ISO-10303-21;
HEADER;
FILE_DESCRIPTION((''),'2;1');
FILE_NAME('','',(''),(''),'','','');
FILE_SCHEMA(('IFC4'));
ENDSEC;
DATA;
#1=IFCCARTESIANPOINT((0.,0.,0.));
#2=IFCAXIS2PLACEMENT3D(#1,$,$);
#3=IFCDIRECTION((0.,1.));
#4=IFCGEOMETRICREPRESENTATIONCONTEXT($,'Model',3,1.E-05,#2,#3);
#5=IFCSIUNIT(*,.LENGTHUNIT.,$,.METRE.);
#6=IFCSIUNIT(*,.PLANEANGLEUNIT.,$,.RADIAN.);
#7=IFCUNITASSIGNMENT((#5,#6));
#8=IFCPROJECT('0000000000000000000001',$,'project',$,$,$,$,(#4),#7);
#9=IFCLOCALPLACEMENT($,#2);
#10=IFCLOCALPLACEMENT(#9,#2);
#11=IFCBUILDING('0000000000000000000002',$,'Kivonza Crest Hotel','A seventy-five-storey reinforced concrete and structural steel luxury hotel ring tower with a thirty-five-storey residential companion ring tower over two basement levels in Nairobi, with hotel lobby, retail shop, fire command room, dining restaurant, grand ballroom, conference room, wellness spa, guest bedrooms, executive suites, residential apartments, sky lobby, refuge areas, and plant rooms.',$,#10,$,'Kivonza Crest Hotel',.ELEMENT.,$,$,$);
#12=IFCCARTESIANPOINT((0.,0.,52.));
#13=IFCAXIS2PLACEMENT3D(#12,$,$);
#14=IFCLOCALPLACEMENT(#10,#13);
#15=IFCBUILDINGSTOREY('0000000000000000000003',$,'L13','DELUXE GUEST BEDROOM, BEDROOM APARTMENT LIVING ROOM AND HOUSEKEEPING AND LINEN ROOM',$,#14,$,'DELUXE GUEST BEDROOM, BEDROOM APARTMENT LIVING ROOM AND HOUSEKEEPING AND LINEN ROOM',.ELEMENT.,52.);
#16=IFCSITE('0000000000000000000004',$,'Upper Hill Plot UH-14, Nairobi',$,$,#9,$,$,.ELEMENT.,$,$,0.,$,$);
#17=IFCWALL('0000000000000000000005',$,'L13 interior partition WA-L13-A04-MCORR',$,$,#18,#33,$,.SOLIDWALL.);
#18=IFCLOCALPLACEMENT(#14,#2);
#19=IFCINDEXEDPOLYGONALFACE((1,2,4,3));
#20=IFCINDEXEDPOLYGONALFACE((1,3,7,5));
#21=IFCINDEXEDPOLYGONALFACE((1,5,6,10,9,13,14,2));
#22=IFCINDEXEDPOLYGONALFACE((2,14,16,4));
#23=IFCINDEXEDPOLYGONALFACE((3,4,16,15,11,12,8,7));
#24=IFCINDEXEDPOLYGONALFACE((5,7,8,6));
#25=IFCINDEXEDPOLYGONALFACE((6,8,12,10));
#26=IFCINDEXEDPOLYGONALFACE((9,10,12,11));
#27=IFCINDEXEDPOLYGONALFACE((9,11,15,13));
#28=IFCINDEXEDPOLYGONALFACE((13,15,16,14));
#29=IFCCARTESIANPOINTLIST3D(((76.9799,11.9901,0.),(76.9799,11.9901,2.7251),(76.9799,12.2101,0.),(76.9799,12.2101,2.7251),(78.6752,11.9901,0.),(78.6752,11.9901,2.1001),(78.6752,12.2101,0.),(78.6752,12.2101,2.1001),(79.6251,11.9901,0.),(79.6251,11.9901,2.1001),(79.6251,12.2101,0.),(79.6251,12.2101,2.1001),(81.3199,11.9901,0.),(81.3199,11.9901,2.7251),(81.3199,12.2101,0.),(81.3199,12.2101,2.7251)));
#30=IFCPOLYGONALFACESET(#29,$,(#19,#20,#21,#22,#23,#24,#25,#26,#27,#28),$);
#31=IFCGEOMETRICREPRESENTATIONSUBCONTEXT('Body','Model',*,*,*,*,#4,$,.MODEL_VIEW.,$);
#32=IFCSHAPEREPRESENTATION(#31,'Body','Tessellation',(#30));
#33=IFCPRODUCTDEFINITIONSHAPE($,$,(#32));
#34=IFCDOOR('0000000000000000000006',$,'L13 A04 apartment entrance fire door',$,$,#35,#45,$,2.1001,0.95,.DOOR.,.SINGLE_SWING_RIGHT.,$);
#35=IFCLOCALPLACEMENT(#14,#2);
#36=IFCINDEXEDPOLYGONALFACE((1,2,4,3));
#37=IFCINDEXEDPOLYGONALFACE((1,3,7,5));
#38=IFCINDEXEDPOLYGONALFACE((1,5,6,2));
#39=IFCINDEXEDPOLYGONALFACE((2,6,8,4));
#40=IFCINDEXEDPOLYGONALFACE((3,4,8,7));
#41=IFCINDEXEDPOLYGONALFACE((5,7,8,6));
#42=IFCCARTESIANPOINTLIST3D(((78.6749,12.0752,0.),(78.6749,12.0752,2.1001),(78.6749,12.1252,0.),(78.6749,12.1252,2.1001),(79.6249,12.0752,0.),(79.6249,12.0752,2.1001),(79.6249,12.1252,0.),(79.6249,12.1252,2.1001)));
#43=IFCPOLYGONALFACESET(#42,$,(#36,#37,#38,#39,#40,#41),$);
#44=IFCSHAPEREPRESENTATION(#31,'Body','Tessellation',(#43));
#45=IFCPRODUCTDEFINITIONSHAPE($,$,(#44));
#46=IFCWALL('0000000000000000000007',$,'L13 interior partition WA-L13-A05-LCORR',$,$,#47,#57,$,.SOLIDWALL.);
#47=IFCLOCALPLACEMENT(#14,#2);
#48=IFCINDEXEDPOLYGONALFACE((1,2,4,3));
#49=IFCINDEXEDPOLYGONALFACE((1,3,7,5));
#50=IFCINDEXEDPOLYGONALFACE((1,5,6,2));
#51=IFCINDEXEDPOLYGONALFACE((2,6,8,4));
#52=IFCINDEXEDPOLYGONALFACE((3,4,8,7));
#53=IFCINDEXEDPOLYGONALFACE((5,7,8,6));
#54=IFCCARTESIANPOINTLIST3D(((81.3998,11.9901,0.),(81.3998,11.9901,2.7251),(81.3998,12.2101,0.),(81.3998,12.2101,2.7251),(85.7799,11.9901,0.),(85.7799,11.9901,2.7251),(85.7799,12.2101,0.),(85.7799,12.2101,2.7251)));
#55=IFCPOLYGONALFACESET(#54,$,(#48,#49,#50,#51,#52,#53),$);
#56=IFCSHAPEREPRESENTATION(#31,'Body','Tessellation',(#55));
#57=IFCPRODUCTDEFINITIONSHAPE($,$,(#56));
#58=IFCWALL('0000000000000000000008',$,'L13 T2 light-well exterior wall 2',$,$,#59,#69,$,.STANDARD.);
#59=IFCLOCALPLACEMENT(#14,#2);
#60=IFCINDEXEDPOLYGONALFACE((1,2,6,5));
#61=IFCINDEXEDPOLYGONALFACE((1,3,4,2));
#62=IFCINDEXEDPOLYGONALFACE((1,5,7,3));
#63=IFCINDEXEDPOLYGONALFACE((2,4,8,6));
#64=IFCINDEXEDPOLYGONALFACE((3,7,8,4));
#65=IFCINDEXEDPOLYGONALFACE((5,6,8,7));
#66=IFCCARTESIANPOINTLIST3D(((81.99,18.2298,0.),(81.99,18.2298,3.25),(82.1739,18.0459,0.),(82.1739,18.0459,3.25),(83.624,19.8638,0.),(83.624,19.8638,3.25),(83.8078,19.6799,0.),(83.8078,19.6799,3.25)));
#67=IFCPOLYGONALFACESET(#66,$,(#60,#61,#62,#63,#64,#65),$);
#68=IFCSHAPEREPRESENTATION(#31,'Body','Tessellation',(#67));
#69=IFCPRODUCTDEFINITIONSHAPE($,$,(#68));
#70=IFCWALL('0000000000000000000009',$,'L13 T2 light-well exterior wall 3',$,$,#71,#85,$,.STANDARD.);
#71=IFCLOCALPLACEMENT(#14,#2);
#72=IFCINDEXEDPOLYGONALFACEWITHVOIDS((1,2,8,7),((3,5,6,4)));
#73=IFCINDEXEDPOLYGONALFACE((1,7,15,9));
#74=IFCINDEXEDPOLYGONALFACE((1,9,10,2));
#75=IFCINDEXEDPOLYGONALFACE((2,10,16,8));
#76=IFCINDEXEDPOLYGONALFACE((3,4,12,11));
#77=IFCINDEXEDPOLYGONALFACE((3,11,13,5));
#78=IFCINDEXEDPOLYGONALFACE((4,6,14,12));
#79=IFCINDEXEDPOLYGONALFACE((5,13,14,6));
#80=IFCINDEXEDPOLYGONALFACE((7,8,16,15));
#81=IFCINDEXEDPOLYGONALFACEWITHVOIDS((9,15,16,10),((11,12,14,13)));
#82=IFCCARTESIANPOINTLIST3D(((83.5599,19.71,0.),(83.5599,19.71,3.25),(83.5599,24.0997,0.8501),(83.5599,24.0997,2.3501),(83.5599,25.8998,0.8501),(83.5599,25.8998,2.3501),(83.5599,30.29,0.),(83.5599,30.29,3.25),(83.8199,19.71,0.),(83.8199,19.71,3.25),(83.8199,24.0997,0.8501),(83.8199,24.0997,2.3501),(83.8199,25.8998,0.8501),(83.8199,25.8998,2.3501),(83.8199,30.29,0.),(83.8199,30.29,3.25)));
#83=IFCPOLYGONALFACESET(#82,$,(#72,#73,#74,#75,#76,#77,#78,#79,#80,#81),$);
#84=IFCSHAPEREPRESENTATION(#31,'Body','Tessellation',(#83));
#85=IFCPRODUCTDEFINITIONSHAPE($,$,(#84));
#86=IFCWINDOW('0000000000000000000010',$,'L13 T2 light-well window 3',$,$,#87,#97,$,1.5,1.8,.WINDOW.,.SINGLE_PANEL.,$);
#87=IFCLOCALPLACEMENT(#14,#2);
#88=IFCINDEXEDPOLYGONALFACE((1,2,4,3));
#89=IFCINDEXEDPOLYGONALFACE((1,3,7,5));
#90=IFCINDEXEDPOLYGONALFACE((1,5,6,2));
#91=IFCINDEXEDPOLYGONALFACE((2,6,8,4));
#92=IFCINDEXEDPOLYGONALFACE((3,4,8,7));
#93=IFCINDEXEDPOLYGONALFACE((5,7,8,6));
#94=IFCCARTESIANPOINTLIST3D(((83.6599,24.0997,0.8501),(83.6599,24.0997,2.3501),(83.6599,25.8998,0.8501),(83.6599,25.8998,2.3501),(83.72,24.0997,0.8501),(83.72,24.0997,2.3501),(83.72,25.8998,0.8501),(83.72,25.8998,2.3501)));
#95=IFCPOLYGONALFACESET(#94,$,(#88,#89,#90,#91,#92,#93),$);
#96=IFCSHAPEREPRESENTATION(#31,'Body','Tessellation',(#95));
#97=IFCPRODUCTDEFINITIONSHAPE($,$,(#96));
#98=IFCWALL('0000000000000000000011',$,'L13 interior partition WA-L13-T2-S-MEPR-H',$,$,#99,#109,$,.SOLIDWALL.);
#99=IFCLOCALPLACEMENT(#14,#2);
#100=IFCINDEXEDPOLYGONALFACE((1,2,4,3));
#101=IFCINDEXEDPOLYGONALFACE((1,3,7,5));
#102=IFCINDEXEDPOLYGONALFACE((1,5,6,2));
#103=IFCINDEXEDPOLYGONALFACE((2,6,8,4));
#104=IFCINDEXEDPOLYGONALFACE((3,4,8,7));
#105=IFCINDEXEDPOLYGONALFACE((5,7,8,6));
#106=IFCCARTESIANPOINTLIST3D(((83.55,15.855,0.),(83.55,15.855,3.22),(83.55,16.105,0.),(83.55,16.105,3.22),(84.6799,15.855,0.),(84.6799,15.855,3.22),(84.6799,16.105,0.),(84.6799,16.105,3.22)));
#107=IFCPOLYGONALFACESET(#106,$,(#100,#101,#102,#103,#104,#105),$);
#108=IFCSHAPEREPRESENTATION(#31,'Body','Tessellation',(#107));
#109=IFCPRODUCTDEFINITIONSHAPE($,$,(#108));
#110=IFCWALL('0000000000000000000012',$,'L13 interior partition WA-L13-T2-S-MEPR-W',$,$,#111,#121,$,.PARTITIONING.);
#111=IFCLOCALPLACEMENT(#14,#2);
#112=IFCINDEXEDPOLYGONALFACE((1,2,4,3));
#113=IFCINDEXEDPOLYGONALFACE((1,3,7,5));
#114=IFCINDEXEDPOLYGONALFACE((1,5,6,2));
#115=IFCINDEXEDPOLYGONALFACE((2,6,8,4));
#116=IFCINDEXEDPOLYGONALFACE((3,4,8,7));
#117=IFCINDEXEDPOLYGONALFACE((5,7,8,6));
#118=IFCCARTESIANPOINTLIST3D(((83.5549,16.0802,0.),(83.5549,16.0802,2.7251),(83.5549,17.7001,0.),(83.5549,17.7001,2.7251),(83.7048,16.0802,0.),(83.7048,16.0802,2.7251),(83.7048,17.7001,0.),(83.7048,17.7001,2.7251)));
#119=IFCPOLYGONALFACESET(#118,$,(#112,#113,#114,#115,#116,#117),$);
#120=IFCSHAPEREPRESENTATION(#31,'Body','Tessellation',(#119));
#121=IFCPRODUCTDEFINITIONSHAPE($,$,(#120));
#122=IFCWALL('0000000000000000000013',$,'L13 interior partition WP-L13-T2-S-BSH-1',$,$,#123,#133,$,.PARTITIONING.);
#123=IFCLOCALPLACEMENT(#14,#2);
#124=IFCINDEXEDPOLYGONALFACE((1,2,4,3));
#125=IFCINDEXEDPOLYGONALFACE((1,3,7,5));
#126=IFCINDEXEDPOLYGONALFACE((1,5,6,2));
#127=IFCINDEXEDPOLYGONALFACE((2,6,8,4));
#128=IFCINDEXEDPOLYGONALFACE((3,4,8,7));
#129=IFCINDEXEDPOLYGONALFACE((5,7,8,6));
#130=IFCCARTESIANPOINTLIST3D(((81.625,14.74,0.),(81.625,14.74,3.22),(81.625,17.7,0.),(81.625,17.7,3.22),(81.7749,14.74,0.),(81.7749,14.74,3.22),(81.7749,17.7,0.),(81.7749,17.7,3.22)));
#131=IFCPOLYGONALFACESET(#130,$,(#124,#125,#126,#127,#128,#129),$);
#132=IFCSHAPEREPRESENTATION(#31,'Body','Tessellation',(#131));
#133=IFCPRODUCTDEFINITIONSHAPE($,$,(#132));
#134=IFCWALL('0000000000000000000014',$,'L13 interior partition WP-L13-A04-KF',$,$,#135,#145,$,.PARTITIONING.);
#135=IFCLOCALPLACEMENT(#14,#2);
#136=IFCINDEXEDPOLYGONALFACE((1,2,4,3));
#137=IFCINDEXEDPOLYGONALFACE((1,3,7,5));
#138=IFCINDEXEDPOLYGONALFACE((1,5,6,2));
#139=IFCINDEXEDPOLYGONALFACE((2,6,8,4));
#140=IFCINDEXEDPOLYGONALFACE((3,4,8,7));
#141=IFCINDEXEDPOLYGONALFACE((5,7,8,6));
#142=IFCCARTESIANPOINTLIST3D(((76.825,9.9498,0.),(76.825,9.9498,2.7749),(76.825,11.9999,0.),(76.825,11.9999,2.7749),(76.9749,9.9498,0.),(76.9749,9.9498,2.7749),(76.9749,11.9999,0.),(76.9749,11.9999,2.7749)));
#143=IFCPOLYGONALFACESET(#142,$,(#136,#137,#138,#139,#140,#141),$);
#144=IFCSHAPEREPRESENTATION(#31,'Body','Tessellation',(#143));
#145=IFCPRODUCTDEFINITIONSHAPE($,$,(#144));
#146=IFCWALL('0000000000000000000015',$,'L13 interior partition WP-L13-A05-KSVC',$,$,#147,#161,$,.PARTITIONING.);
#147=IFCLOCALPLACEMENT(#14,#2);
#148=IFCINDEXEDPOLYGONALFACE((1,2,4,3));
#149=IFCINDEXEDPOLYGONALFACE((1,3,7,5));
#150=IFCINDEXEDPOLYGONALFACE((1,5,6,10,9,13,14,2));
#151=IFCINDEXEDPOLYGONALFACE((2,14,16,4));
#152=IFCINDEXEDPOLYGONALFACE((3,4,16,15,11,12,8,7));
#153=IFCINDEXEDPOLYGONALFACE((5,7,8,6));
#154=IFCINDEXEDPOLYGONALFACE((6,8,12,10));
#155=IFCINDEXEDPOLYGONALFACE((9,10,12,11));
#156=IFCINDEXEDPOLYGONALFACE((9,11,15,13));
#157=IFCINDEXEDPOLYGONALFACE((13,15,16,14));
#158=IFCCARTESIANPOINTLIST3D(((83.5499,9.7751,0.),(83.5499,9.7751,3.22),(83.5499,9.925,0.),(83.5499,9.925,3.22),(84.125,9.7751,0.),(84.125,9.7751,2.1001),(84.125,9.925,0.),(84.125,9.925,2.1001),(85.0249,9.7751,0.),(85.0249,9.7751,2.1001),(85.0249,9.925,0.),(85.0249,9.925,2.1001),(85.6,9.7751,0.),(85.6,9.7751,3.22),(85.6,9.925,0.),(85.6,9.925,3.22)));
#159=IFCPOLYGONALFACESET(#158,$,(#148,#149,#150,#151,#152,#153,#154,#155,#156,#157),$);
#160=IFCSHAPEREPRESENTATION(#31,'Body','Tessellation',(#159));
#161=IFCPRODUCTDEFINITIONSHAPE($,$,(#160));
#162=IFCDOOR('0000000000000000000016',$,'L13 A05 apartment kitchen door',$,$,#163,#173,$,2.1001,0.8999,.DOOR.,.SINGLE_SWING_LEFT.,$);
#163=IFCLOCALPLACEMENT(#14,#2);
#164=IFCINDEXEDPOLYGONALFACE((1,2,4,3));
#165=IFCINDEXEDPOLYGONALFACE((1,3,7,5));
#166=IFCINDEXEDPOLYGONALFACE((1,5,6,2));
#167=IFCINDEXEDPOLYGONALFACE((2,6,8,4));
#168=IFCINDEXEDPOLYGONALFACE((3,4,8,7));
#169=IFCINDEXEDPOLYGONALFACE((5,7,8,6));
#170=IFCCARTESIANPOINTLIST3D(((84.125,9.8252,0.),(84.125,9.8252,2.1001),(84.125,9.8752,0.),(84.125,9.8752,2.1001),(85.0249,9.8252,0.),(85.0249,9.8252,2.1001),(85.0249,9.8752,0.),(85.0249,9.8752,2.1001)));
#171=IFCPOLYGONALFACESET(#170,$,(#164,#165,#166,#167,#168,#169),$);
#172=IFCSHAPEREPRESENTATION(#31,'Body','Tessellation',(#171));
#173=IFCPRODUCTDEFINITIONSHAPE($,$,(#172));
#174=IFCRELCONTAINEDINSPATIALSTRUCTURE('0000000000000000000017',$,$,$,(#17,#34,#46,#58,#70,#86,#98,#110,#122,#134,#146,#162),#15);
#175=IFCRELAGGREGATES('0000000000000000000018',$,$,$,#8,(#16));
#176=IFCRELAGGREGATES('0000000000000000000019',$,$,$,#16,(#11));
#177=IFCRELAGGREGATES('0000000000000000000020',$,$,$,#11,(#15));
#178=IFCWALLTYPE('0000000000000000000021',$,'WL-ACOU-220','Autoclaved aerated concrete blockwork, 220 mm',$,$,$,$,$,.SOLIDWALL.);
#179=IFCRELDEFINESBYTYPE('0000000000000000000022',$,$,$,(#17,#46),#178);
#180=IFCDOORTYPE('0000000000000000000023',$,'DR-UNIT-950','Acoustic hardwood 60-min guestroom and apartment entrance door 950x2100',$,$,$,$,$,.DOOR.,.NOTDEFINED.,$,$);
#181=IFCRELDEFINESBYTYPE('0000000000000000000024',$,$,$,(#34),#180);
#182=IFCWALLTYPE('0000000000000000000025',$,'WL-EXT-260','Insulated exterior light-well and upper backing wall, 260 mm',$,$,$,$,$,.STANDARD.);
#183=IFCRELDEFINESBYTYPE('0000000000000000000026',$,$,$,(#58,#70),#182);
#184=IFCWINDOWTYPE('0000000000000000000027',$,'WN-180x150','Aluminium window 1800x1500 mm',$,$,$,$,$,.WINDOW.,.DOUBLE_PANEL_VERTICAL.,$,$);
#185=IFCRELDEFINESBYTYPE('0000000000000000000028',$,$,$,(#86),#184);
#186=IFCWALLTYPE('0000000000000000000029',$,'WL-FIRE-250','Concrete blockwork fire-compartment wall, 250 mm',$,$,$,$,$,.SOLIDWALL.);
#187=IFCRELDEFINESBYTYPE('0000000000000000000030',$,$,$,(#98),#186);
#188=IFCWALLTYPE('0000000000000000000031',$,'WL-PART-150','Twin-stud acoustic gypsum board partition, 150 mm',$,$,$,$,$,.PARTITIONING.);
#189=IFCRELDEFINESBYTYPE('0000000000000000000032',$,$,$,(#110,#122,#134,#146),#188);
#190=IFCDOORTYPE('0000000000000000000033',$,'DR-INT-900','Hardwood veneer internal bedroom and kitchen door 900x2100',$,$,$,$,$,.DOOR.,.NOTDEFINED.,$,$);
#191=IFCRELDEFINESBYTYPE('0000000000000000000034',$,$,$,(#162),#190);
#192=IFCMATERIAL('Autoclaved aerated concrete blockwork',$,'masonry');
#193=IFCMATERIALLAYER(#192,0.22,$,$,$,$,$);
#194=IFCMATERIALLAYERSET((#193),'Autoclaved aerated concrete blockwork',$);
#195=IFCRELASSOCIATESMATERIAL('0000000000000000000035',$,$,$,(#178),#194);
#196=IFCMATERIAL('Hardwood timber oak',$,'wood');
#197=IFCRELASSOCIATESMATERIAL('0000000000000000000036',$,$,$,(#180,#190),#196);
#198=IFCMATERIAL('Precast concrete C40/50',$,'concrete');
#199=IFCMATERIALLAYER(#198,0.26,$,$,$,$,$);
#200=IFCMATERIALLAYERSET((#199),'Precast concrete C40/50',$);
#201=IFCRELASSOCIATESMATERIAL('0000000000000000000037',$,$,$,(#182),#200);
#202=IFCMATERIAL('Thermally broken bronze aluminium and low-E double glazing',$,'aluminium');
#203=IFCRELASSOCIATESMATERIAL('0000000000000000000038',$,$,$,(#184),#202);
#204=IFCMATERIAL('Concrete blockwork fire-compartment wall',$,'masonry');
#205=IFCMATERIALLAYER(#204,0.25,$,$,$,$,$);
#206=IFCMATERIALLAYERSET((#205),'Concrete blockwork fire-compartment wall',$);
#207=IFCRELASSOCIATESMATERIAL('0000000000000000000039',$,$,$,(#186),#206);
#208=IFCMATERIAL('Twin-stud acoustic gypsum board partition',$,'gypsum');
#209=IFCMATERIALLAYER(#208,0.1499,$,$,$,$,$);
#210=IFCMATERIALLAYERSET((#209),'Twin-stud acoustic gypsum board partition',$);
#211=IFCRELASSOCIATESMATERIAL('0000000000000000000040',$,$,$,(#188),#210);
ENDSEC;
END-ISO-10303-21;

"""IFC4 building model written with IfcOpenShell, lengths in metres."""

from ifc_helpers import new_model, si_unit, direction, frame, frame_2d, origin, place, context, subcontext, project, spatial, rectangle, extrude, material, layer, layer_set, type_object, element, fill, save


model = new_model("IFC4")

# Units and contexts
model_context = context("Model", 3, precision=1e-05, world=origin(), true_north=direction((0.0, 1.0)))
body_context = subcontext(model_context, "Body", "Model", "MODEL_VIEW")
ifc_project = project(units=[si_unit("LENGTHUNIT", "METRE"), si_unit("PLANEANGLEUNIT", "RADIAN")], contexts=[model_context])

# Site, building, storey
site_placement = place(None, origin())
site = spatial("IfcSite", under=ifc_project, at=site_placement, Name="Upper Hill Plot UH-14, Nairobi", CompositionType="ELEMENT", RefElevation=0.0)
building_placement = place(site_placement, origin())
building = spatial("IfcBuilding", under=site, at=building_placement, Name="Kivonza Crest Hotel", Description="A seventy-five-storey reinforced concrete and structural steel luxury hotel ring tower with a thirty-five-storey residential companion ring tower over two basement levels in Nairobi, with hotel lobby, retail shop, fire command room, dining restaurant, grand ballroom, conference room, wellness spa, guest bedrooms, executive suites, residential apartments, sky lobby, refuge areas, and plant rooms.", LongName="Kivonza Crest Hotel", CompositionType="ELEMENT")
storey_placement = place(building_placement, frame((0.0, 0.0, 52.0)))
storey = spatial("IfcBuildingStorey", under=building, at=storey_placement, Name="L13", Description="DELUXE GUEST BEDROOM, BEDROOM APARTMENT LIVING ROOM AND HOUSEKEEPING AND LINEN ROOM", LongName="DELUXE GUEST BEDROOM, BEDROOM APARTMENT LIVING ROOM AND HOUSEKEEPING AND LINEN ROOM", CompositionType="ELEMENT", Elevation=52.0)

# Wall, opening, door
ifc_material_1 = material(Name="Autoclaved aerated concrete blockwork", Category="masonry")
ifc_layer_1 = layer(ifc_material_1, 0.22)
ifc_layer_set_1 = layer_set([ifc_layer_1], Name="Autoclaved aerated concrete blockwork")
wall_type_1 = type_object("IfcWallType", Name="WL-ACOU-220", Description="Autoclaved aerated concrete blockwork, 220 mm", PredefinedType="SOLIDWALL", material=ifc_layer_set_1)
wall_1_placement = place(storey_placement, frame((76.98, 12.1001, 0.0), z_axis=(0.0, 0.0, 1.0), x_axis=(1.0, 0.0, 0.0)))
wall_1 = element("IfcWall", 1, at=wall_1_placement, inside=storey, type_object=wall_type_1, Name="L13 interior partition WA-L13-A04-MCORR", PredefinedType="SOLIDWALL", context=body_context, shape_type="SweptSolid", body=[
    extrude(rectangle(XDim=4.3401, YDim=0.22, at=frame_2d((2.1699, 0.0))), origin(), (0.0, 0.0, 1.0), 2.7251),
])
opening_1_placement = place(wall_1_placement, frame((1.6951, 0.0, 0.0)))
opening_1 = element("IfcOpeningElement", 2, at=opening_1_placement, cuts=wall_1, PredefinedType="OPENING", context=body_context, shape_type="SweptSolid", body=[
    extrude(rectangle(XDim=0.95, YDim=2.1001, at=frame_2d((0.4751, 1.05))), frame((0.0, 0.1201, 0.0), z_axis=(0.0, -1.0, 0.0), x_axis=(1.0, 0.0, 0.0)), (0.0, 0.0, 1.0), 0.24),
])
ifc_material_2 = material(Name="Hardwood timber oak", Category="wood")
door_type_1 = type_object("IfcDoorType", Name="DR-UNIT-950", Description="Acoustic hardwood 60-min guestroom and apartment entrance door 950x2100", OperationType="NOTDEFINED", PredefinedType="DOOR", material=ifc_material_2)
door_1_placement = place(opening_1_placement, frame((0.95, 0.0, 0.0), z_axis=(0.0, 0.0, 1.0), x_axis=(-1.0, 0.0, 0.0)))
door_1 = element("IfcDoor", 3, at=door_1_placement, inside=storey, type_object=door_type_1, Name="L13 A04 apartment entrance fire door", OperationType="SINGLE_SWING_RIGHT", OverallHeight=2.1001, OverallWidth=0.95, PredefinedType="DOOR", context=body_context, shape_type="SweptSolid", body=[
    extrude(rectangle(XDim=0.95, YDim=2.1001, at=frame_2d((0.4751, 1.05))), frame((0.0, 0.0249, 0.0), z_axis=(0.0, -1.0, 0.0), x_axis=(1.0, 0.0, 0.0)), (0.0, 0.0, 1.0), 0.05),
])
fill(opening_1, door_1)

# Walls
wall_2_placement = place(storey_placement, frame((81.3999, 12.1001, 0.0), z_axis=(0.0, 0.0, 1.0), x_axis=(1.0, 0.0, 0.0)))
element("IfcWall", 4, at=wall_2_placement, inside=storey, type_object=wall_type_1, Name="L13 interior partition WA-L13-A05-LCORR", PredefinedType="SOLIDWALL", context=body_context, shape_type="SweptSolid", body=[
    extrude(rectangle(XDim=4.3801, YDim=0.22, at=frame_2d((2.1899, 0.0))), origin(), (0.0, 0.0, 1.0), 2.7251),
])
ifc_material_3 = material(Name="Precast concrete C40/50", Category="concrete")
ifc_layer_2 = layer(ifc_material_3, 0.26)
ifc_layer_set_2 = layer_set([ifc_layer_2], Name="Precast concrete C40/50")
wall_type_2 = type_object("IfcWallType", Name="WL-EXT-260", Description="Insulated exterior light-well and upper backing wall, 260 mm", PredefinedType="STANDARD", material=ifc_layer_set_2)
wall_3_placement = place(storey_placement, frame((82.082, 18.1379, 0.0), z_axis=(0.0, 0.0, 1.0), x_axis=(0.707107, 0.707107, 0.0)))
element("IfcWall", 5, at=wall_3_placement, inside=storey, type_object=wall_type_2, Name="L13 T2 light-well exterior wall 2", PredefinedType="STANDARD", context=body_context, shape_type="SweptSolid", body=[
    extrude(rectangle(XDim=2.3108, YDim=0.26, at=frame_2d((1.1553, 0.0))), origin(), (0.0, 0.0, 1.0), 3.25),
])

# Wall, opening, window
wall_4_placement = place(storey_placement, frame((83.6899, 19.71, 0.0), z_axis=(0.0, 0.0, 1.0), x_axis=(0.0, 1.0, 0.0)))
wall_4 = element("IfcWall", 6, at=wall_4_placement, inside=storey, type_object=wall_type_2, Name="L13 T2 light-well exterior wall 3", PredefinedType="STANDARD", context=body_context, shape_type="SweptSolid", body=[
    extrude(rectangle(XDim=10.5801, YDim=0.26, at=frame_2d((5.29, 0.0))), origin(), (0.0, 0.0, 1.0), 3.25),
])
opening_2_placement = place(wall_4_placement, frame((4.3899, 0.0, 0.8501)))
opening_2 = element("IfcOpeningElement", 7, at=opening_2_placement, cuts=wall_4, PredefinedType="OPENING", context=body_context, shape_type="SweptSolid", body=[
    extrude(rectangle(XDim=1.8, YDim=1.5, at=frame_2d((0.8999, 0.75))), frame((0.0, 0.1401, 0.0), z_axis=(0.0, -1.0, 0.0), x_axis=(1.0, 0.0, 0.0)), (0.0, 0.0, 1.0), 0.28),
])
ifc_material_4 = material(Name="Thermally broken bronze aluminium and low-E double glazing", Category="aluminium")
window_type = type_object("IfcWindowType", Name="WN-180x150", Description="Aluminium window 1800x1500 mm", PartitioningType="DOUBLE_PANEL_VERTICAL", PredefinedType="WINDOW", material=ifc_material_4)
window_placement = place(opening_2_placement, origin())
window = element("IfcWindow", 8, at=window_placement, inside=storey, type_object=window_type, Name="L13 T2 light-well window 3", OverallHeight=1.5, OverallWidth=1.8, PartitioningType="SINGLE_PANEL", PredefinedType="WINDOW", context=body_context, shape_type="SweptSolid", body=[
    extrude(rectangle(XDim=1.8, YDim=1.5, at=frame_2d((0.8999, 0.75))), frame((0.0, 0.03, 0.0), z_axis=(0.0, -1.0, 0.0), x_axis=(1.0, 0.0, 0.0)), (0.0, 0.0, 1.0), 0.0601),
])
fill(opening_2, window)

# Walls
ifc_material_5 = material(Name="Concrete blockwork fire-compartment wall", Category="masonry")
ifc_layer_3 = layer(ifc_material_5, 0.25)
ifc_layer_set_3 = layer_set([ifc_layer_3], Name="Concrete blockwork fire-compartment wall")
wall_type_3 = type_object("IfcWallType", Name="WL-FIRE-250", Description="Concrete blockwork fire-compartment wall, 250 mm", PredefinedType="SOLIDWALL", material=ifc_layer_set_3)
wall_5_placement = place(storey_placement, frame((83.55, 15.98, 0.0), z_axis=(0.0, 0.0, 1.0), x_axis=(1.0, 0.0, 0.0)))
element("IfcWall", 9, at=wall_5_placement, inside=storey, type_object=wall_type_3, Name="L13 interior partition WA-L13-T2-S-MEPR-H", PredefinedType="SOLIDWALL", context=body_context, shape_type="SweptSolid", body=[
    extrude(rectangle(XDim=1.1299, YDim=0.25, at=frame_2d((0.5649, 0.0))), origin(), (0.0, 0.0, 1.0), 3.22),
])
ifc_material_6 = material(Name="Twin-stud acoustic gypsum board partition", Category="gypsum")
ifc_layer_4 = layer(ifc_material_6, 0.1499)
ifc_layer_set_4 = layer_set([ifc_layer_4], Name="Twin-stud acoustic gypsum board partition")
wall_type_4 = type_object("IfcWallType", Name="WL-PART-150", Description="Twin-stud acoustic gypsum board partition, 150 mm", PredefinedType="PARTITIONING", material=ifc_layer_set_4)
wall_6_placement = place(storey_placement, frame((83.6299, 16.0801, 0.0), z_axis=(0.0, 0.0, 1.0), x_axis=(0.0, 1.0, 0.0)))
element("IfcWall", 10, at=wall_6_placement, inside=storey, type_object=wall_type_4, Name="L13 interior partition WA-L13-T2-S-MEPR-W", PredefinedType="PARTITIONING", context=body_context, shape_type="SweptSolid", body=[
    extrude(rectangle(XDim=1.6199, YDim=0.1499, at=frame_2d((0.8101, 0.0))), origin(), (0.0, 0.0, 1.0), 2.7251),
])
wall_7_placement = place(storey_placement, frame((81.7, 14.74, 0.0), z_axis=(0.0, 0.0, 1.0), x_axis=(0.0, 1.0, 0.0)))
element("IfcWall", 11, at=wall_7_placement, inside=storey, type_object=wall_type_4, Name="L13 interior partition WP-L13-T2-S-BSH-1", PredefinedType="PARTITIONING", context=body_context, shape_type="SweptSolid", body=[
    extrude(rectangle(XDim=2.96, YDim=0.1499, at=frame_2d((1.48, 0.0))), origin(), (0.0, 0.0, 1.0), 3.22),
])
wall_8_placement = place(storey_placement, frame((76.8999, 9.95, 0.0), z_axis=(0.0, 0.0, 1.0), x_axis=(0.0, 1.0, 0.0)))
element("IfcWall", 12, at=wall_8_placement, inside=storey, type_object=wall_type_4, Name="L13 interior partition WP-L13-A04-KF", PredefinedType="PARTITIONING", context=body_context, shape_type="SweptSolid", body=[
    extrude(rectangle(XDim=2.05, YDim=0.1499, at=frame_2d((1.0249, 0.0))), origin(), (0.0, 0.0, 1.0), 2.7749),
])

# Wall, opening, door
wall_9_placement = place(storey_placement, frame((83.55, 9.8501, 0.0), z_axis=(0.0, 0.0, 1.0), x_axis=(1.0, 0.0, 0.0)))
wall_9 = element("IfcWall", 13, at=wall_9_placement, inside=storey, type_object=wall_type_4, Name="L13 interior partition WP-L13-A05-KSVC", PredefinedType="PARTITIONING", context=body_context, shape_type="SweptSolid", body=[
    extrude(rectangle(XDim=2.05, YDim=0.1499, at=frame_2d((1.0249, 0.0))), origin(), (0.0, 0.0, 1.0), 3.22),
])
opening_3_placement = place(wall_9_placement, frame((0.575, 0.0, 0.0)))
opening_3 = element("IfcOpeningElement", 14, at=opening_3_placement, cuts=wall_9, PredefinedType="OPENING", context=body_context, shape_type="SweptSolid", body=[
    extrude(rectangle(XDim=0.8999, YDim=2.1001, at=frame_2d((0.45, 1.05))), frame((0.0, 0.085, 0.0), z_axis=(0.0, -1.0, 0.0), x_axis=(1.0, 0.0, 0.0)), (0.0, 0.0, 1.0), 0.1699),
])
door_type_2 = type_object("IfcDoorType", Name="DR-INT-900", Description="Hardwood veneer internal bedroom and kitchen door 900x2100", OperationType="NOTDEFINED", PredefinedType="DOOR", material=ifc_material_2)
door_2_placement = place(opening_3_placement, frame((0.8999, 0.0, 0.0), z_axis=(0.0, 0.0, 1.0), x_axis=(-1.0, 0.0, 0.0)))
door_2 = element("IfcDoor", 15, at=door_2_placement, inside=storey, type_object=door_type_2, Name="L13 A05 apartment kitchen door", OperationType="SINGLE_SWING_LEFT", OverallHeight=2.1001, OverallWidth=0.8999, PredefinedType="DOOR", context=body_context, shape_type="SweptSolid", body=[
    extrude(rectangle(XDim=0.8999, YDim=2.1001, at=frame_2d((0.45, 1.05))), frame((0.0, 0.0249, 0.0), z_axis=(0.0, -1.0, 0.0), x_axis=(1.0, 0.0, 0.0)), (0.0, 0.0, 1.0), 0.05),
])
fill(opening_3, door_2)

save(model, "model.ifc")
